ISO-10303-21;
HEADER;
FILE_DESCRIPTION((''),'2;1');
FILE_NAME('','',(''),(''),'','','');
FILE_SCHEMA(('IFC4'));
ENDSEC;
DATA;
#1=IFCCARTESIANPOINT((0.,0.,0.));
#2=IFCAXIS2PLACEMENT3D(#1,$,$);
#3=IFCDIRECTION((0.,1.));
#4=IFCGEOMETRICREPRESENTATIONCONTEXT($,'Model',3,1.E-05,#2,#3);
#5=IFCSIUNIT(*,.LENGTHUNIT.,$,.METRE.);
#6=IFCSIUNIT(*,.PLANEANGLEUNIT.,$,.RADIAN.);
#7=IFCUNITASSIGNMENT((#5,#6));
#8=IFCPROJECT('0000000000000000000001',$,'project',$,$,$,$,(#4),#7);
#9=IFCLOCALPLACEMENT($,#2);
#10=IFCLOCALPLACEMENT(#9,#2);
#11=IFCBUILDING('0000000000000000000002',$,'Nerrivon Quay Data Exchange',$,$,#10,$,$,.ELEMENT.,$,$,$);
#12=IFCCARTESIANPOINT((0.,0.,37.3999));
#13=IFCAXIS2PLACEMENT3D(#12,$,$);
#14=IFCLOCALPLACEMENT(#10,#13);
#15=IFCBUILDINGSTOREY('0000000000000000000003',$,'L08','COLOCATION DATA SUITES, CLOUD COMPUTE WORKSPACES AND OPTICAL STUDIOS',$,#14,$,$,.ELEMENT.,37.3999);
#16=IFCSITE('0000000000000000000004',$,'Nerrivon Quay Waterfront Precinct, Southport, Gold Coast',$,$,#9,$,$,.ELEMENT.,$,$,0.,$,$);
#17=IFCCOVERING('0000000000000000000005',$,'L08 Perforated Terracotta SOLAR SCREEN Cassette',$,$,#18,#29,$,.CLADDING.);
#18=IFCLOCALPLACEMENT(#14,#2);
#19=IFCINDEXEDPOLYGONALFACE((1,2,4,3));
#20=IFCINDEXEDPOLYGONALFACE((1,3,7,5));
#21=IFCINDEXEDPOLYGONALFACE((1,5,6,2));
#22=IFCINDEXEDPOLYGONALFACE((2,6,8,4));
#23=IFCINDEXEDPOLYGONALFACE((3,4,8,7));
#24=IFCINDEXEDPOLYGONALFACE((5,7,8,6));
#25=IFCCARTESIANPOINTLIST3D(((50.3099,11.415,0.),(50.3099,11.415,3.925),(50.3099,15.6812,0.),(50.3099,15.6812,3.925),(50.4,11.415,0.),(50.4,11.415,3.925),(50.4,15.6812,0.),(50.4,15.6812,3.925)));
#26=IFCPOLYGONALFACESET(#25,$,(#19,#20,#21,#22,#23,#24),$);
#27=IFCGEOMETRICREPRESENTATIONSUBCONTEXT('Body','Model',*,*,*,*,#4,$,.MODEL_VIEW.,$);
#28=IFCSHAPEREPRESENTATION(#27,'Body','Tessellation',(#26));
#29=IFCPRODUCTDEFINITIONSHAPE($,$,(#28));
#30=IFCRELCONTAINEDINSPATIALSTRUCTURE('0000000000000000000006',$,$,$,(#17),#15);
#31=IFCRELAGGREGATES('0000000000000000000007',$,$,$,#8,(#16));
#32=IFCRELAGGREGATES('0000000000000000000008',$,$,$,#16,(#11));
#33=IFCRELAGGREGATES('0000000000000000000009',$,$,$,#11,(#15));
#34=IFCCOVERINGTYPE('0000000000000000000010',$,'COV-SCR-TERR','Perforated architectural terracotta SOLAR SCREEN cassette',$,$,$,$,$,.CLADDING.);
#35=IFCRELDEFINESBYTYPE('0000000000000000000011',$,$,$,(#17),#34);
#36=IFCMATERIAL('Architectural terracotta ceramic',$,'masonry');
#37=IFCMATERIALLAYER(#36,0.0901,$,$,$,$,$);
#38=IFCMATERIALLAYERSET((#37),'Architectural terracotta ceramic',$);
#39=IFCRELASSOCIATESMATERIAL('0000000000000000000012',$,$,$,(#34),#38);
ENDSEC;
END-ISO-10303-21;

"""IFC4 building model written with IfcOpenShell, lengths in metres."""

from ifc_helpers import new_model, si_unit, direction, frame, origin, origin_2d, place, context, subcontext, project, spatial, rectangle, extrude, material, layer, layer_set, type_object, element, save


model = new_model("IFC4")

# Units and contexts
model_context = context("Model", 3, precision=1e-05, world=origin(), true_north=direction((0.0, 1.0)))
body_context = subcontext(model_context, "Body", "Model", "MODEL_VIEW")
ifc_project = project(units=[si_unit("LENGTHUNIT", "METRE"), si_unit("PLANEANGLEUNIT", "RADIAN")], contexts=[model_context])

# Site, building, storey
site_placement = place(None, origin())
site = spatial("IfcSite", under=ifc_project, at=site_placement, Name="Nerrivon Quay Waterfront Precinct, Southport, Gold Coast", CompositionType="ELEMENT", RefElevation=0.0)
building_placement = place(site_placement, origin())
building = spatial("IfcBuilding", under=site, at=building_placement, Name="Nerrivon Quay Data Exchange", CompositionType="ELEMENT")
storey_placement = place(building_placement, frame((0.0, 0.0, 37.3999)))
storey = spatial("IfcBuildingStorey", under=building, at=storey_placement, Name="L08", Description="COLOCATION DATA SUITES, CLOUD COMPUTE WORKSPACES AND OPTICAL STUDIOS", CompositionType="ELEMENT", Elevation=37.3999)

# Covering
ifc_material_1 = material(Name="Architectural terracotta ceramic", Category="masonry")
ifc_layer_1 = layer(ifc_material_1, 0.0901)
ifc_layer_set_1 = layer_set([ifc_layer_1], Name="Architectural terracotta ceramic")
covering_type = type_object("IfcCoveringType", Name="COV-SCR-TERR", Description="Perforated architectural terracotta SOLAR SCREEN cassette", PredefinedType="CLADDING", material=ifc_layer_set_1)
covering_1_placement = place(storey_placement, frame((50.355, 13.5481, 0.0), z_axis=(0.0, 0.0, 1.0), x_axis=(0.0, -1.0, 0.0)))
element("IfcCovering", 1, at=covering_1_placement, inside=storey, type_object=covering_type, Name="L08 Perforated Terracotta SOLAR SCREEN Cassette", PredefinedType="CLADDING", context=body_context, shape_type="SweptSolid", body=[
    extrude(rectangle(XDim=4.2661, YDim=0.0901, at=origin_2d()), origin(), (0.0, 0.0, 1.0), 3.925),
])

save(model, "model.ifc")
